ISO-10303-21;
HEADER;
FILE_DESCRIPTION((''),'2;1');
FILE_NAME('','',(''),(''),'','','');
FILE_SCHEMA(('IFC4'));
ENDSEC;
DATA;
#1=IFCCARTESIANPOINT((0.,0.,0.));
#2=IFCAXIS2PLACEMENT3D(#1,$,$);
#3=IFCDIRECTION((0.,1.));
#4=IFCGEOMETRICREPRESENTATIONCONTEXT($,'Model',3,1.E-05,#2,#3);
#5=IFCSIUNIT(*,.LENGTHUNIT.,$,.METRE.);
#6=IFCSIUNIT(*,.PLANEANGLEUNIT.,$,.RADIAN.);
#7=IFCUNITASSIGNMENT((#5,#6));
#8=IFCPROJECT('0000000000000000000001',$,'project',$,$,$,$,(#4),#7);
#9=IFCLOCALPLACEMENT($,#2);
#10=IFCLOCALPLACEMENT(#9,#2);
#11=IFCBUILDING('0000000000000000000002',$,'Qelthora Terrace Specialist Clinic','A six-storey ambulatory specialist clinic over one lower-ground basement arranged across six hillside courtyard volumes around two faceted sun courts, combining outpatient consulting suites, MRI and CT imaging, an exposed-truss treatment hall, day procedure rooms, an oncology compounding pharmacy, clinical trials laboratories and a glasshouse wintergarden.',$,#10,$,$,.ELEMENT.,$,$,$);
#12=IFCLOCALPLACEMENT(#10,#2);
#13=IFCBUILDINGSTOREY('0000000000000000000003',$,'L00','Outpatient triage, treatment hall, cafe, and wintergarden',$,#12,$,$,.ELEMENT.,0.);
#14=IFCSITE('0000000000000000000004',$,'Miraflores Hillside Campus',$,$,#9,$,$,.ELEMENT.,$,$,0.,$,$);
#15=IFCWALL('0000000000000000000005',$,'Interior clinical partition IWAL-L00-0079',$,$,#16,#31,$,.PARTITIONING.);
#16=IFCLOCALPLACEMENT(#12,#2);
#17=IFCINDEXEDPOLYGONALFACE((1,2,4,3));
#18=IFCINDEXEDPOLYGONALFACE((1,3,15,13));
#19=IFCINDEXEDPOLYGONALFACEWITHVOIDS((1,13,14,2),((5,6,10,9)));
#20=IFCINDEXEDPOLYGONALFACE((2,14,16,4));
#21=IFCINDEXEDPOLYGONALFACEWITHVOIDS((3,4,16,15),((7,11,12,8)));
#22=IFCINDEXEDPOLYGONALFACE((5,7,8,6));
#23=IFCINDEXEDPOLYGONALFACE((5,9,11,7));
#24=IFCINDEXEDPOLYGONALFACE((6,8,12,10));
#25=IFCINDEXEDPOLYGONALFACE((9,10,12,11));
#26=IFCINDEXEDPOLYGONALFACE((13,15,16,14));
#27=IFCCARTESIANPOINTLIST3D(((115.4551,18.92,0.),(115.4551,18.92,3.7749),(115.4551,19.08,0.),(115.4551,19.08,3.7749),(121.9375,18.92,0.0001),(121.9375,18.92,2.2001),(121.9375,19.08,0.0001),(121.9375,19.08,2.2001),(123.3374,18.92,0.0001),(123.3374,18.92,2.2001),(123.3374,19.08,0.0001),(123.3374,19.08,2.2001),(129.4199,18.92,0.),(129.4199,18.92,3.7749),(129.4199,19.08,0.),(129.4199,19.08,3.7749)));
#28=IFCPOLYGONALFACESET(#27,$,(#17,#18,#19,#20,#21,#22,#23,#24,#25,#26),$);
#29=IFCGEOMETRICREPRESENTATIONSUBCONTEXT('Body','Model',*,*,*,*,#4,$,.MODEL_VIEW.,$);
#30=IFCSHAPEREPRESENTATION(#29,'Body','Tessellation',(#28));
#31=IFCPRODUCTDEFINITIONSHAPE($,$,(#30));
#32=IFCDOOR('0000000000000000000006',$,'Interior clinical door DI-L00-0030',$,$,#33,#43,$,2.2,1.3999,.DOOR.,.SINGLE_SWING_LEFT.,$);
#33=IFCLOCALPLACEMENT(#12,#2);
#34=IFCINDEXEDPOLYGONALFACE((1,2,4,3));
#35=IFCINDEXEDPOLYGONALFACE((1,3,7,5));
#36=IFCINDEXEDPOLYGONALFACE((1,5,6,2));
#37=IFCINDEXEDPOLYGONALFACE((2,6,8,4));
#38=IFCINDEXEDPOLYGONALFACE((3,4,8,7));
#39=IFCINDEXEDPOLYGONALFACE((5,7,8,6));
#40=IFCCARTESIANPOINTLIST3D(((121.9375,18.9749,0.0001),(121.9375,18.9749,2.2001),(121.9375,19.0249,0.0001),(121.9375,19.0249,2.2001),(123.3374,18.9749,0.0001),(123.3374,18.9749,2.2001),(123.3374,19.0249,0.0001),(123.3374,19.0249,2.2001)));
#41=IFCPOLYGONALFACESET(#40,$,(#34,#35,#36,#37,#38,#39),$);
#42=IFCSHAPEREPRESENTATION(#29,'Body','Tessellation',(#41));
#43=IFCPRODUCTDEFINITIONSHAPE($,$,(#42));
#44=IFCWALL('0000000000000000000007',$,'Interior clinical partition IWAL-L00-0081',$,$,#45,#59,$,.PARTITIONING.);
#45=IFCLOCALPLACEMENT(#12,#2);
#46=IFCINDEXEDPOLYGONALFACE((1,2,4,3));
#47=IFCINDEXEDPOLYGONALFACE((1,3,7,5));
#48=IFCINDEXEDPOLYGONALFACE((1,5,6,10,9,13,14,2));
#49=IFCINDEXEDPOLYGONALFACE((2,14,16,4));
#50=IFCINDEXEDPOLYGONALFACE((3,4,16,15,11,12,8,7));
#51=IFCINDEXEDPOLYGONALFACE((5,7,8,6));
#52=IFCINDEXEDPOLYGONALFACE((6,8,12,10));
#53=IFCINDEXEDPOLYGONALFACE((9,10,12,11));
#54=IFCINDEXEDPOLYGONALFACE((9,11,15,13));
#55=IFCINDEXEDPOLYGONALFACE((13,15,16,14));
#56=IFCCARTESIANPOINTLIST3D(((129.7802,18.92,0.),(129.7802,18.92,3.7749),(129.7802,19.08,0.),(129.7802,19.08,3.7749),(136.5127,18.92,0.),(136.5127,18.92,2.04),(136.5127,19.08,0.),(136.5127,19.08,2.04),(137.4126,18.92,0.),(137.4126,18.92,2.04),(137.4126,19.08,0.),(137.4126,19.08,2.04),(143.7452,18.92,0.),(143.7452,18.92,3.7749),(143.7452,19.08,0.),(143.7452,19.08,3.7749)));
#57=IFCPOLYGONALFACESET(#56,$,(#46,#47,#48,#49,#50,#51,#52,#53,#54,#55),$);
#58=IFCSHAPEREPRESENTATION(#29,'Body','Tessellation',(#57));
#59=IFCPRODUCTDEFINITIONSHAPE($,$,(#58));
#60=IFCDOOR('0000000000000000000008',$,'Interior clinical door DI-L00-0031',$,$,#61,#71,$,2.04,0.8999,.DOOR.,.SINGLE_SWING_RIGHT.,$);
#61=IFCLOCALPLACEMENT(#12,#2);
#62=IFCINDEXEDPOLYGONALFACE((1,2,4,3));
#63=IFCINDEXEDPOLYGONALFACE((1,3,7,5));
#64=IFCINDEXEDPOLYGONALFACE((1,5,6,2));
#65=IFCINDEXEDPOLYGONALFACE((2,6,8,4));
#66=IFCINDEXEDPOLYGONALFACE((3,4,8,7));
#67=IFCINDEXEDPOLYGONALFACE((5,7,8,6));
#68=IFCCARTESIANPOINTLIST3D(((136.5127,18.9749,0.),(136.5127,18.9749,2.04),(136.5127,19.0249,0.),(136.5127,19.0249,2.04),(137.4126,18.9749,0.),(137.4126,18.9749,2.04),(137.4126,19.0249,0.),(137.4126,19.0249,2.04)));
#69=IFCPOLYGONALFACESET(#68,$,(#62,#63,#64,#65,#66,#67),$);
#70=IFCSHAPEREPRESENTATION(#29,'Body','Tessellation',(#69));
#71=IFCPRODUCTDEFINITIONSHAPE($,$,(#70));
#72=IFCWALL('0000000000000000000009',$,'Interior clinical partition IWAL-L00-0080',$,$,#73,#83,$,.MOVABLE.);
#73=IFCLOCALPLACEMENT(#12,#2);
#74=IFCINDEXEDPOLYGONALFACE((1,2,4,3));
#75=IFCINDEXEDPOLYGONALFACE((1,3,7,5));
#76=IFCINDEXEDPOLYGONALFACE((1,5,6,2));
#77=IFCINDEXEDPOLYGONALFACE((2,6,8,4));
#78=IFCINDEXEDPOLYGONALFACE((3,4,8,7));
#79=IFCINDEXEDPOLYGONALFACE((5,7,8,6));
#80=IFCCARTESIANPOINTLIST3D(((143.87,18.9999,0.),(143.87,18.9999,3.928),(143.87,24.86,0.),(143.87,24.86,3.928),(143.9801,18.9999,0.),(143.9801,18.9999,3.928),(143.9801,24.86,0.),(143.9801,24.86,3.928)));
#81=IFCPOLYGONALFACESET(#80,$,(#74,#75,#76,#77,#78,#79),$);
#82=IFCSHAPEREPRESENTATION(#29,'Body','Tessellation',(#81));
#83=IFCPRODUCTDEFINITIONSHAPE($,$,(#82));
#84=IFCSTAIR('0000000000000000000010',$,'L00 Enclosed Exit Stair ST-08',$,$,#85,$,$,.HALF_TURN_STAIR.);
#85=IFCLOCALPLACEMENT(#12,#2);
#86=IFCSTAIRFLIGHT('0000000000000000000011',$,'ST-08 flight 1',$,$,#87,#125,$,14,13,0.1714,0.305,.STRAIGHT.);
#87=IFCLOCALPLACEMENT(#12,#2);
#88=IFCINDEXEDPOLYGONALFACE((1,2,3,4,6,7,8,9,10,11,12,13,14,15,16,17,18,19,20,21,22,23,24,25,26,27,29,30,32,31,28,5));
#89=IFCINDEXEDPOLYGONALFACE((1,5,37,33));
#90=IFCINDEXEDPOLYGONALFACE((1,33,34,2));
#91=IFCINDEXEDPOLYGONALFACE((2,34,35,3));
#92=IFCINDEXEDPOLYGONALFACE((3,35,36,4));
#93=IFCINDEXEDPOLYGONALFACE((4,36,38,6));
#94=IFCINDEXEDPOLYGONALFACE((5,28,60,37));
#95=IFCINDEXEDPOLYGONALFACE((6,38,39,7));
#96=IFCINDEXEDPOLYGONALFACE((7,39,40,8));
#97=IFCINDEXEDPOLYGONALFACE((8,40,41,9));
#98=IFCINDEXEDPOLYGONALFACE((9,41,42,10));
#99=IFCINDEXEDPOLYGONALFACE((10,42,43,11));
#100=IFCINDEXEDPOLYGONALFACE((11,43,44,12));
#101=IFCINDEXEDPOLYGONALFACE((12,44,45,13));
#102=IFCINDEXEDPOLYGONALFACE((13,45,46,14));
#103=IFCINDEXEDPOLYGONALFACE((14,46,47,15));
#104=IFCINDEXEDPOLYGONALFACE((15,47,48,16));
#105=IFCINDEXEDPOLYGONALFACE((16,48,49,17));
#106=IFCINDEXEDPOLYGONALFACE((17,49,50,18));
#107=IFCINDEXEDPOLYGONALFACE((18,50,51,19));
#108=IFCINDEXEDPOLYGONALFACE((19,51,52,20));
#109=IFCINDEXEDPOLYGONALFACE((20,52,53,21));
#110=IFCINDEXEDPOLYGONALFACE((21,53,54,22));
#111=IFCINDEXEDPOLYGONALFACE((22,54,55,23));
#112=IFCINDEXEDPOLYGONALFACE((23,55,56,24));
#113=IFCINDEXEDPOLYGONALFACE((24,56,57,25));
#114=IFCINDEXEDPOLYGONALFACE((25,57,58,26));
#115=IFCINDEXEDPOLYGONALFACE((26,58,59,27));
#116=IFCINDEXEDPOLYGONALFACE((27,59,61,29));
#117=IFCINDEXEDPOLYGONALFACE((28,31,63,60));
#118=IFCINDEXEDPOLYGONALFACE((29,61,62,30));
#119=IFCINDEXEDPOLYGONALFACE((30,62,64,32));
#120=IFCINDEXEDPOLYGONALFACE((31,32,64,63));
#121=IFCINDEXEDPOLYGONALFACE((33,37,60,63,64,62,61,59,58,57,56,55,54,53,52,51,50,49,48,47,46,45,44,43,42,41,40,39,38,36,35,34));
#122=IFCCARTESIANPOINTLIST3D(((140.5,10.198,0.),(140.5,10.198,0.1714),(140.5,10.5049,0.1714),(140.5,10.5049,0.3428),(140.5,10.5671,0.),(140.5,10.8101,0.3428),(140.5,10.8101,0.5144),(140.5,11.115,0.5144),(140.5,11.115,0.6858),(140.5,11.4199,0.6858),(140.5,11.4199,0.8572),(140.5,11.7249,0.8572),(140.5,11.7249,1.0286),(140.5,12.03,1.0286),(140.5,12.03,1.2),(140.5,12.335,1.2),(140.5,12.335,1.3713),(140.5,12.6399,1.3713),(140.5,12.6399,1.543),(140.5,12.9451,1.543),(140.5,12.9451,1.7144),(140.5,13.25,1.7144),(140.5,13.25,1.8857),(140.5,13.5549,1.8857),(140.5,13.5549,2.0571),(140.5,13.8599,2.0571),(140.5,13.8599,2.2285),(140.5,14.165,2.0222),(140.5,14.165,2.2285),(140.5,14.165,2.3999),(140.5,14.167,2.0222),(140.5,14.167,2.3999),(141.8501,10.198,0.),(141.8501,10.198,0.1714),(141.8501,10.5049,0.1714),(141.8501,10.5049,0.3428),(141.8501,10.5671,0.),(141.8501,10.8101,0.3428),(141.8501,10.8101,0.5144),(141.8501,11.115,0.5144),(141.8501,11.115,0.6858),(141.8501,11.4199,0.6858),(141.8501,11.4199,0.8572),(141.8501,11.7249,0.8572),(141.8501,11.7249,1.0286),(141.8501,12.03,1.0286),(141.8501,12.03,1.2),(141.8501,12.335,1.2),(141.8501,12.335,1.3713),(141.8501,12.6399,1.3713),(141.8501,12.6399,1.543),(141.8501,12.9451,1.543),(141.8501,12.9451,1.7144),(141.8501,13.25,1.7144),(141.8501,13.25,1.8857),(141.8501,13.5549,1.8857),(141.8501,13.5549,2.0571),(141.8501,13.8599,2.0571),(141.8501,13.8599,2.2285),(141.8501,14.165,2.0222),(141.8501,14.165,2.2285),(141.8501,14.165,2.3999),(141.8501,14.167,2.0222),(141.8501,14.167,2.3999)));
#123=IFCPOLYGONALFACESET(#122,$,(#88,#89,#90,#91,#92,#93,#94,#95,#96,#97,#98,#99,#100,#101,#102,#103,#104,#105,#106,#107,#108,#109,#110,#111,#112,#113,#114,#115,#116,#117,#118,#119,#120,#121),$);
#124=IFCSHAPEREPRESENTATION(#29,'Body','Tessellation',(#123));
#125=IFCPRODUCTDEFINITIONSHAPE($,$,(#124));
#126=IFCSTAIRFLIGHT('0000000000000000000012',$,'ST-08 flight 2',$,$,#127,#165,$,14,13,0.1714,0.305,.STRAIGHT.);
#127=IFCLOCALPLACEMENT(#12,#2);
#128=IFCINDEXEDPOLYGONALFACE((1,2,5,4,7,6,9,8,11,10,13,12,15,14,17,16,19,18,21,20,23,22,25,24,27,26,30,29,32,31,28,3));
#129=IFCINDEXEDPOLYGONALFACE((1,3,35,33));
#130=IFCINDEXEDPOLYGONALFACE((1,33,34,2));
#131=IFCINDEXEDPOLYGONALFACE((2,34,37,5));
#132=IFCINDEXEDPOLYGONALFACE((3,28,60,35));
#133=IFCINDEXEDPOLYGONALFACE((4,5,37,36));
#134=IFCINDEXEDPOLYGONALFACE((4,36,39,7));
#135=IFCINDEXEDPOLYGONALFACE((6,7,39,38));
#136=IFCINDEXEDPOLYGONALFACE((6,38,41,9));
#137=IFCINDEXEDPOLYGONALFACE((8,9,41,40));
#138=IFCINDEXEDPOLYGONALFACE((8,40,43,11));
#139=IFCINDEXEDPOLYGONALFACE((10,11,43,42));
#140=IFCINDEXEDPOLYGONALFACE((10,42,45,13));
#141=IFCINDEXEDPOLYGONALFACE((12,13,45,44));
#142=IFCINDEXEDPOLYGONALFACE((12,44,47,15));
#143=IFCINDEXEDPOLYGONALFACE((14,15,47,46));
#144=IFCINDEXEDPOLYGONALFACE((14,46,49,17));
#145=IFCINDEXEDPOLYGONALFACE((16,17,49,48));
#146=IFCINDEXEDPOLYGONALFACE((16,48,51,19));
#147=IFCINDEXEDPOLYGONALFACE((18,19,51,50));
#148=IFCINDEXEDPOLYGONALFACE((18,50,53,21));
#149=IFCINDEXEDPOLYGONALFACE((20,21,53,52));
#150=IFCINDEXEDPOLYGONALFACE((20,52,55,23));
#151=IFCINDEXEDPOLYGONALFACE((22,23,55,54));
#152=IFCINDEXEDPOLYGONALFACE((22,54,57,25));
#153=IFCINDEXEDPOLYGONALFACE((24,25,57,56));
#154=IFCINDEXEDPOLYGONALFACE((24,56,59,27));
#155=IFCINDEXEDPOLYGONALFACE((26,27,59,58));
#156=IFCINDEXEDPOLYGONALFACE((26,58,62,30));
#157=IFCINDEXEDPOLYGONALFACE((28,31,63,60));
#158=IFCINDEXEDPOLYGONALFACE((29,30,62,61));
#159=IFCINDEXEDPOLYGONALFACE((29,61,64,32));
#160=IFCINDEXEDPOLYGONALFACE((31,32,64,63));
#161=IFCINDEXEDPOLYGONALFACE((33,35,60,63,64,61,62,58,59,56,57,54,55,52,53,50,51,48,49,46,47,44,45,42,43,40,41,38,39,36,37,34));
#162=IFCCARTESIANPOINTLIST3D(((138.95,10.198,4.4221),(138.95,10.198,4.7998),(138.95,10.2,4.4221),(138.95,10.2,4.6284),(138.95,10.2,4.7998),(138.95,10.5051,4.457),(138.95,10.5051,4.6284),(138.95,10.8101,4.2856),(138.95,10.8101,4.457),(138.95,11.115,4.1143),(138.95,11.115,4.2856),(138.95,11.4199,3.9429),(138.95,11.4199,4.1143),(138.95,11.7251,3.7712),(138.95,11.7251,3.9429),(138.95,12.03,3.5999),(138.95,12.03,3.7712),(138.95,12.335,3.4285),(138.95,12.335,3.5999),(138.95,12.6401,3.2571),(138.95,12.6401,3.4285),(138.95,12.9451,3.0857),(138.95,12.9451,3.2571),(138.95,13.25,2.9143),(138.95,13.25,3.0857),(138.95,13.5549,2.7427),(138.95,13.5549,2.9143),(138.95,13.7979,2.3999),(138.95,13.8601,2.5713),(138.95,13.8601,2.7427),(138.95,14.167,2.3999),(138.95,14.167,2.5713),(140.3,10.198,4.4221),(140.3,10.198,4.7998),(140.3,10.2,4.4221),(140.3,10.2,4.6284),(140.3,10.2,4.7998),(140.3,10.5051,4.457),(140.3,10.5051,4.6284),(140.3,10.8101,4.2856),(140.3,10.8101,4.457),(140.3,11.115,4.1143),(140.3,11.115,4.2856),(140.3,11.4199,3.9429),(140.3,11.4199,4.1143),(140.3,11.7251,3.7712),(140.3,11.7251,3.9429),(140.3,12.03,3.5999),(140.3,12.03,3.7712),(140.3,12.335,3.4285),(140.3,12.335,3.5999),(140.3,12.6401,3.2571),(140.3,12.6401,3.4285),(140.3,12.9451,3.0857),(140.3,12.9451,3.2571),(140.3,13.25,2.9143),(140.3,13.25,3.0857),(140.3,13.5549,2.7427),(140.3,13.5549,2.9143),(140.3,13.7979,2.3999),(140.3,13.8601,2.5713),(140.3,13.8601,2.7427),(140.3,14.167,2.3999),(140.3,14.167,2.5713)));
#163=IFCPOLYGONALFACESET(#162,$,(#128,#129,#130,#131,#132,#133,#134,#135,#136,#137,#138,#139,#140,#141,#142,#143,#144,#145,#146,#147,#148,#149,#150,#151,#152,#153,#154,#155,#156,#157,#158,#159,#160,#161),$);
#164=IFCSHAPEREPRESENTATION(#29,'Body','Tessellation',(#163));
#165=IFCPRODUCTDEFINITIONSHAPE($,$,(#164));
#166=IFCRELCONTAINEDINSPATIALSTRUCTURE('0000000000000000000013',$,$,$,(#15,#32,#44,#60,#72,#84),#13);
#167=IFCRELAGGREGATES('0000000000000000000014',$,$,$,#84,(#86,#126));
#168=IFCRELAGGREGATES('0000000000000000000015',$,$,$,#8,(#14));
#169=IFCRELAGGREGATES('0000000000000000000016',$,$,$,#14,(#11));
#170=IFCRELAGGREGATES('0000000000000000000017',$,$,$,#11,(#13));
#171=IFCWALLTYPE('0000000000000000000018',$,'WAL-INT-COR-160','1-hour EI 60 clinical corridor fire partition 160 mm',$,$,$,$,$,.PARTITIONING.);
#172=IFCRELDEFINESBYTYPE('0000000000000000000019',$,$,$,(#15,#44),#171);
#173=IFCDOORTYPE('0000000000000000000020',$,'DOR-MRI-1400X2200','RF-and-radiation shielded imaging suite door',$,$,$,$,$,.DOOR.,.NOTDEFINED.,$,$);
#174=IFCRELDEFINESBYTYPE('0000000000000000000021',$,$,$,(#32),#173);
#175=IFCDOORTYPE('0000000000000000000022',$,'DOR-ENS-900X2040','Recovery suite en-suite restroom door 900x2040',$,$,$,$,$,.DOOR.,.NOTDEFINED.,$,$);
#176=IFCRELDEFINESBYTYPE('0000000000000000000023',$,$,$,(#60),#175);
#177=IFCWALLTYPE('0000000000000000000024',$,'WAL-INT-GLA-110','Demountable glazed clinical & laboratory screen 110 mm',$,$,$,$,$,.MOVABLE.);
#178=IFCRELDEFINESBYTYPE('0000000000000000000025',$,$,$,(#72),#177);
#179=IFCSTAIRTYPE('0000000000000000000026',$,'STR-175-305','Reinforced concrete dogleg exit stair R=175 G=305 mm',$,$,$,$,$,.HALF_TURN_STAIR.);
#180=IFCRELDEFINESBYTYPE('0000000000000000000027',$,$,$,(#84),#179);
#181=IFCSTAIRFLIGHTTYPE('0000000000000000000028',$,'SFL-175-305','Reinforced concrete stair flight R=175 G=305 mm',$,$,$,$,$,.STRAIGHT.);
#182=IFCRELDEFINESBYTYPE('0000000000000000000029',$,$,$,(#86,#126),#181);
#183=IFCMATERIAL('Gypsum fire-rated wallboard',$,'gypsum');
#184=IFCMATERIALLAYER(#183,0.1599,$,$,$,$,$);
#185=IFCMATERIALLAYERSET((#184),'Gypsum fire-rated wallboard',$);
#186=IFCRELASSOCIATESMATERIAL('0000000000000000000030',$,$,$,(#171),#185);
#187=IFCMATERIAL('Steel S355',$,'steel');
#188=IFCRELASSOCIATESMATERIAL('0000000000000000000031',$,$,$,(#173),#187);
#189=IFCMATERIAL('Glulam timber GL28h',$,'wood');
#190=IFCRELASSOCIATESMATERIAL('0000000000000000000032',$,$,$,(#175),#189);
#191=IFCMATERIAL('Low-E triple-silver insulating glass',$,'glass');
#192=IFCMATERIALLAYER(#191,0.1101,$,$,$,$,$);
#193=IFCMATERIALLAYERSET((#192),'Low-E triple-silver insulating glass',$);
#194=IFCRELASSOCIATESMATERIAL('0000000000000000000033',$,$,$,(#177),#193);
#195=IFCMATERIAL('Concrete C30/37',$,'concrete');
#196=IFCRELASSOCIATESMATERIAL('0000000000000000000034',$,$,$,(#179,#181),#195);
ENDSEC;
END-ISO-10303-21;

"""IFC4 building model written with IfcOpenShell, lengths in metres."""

from ifc_helpers import new_model, si_unit, direction, frame, frame_2d, origin, place, context, subcontext, project, spatial, polyline, rectangle, outline, extrude, material, layer, layer_set, type_object, element, fill, aggregate, save


model = new_model("IFC4")

# Units and contexts
model_context = context("Model", 3, precision=1e-05, world=origin(), true_north=direction((0.0, 1.0)))
body_context = subcontext(model_context, "Body", "Model", "MODEL_VIEW")
ifc_project = project(units=[si_unit("LENGTHUNIT", "METRE"), si_unit("PLANEANGLEUNIT", "RADIAN")], contexts=[model_context])

# Site, building, storey
site_placement = place(None, origin())
site = spatial("IfcSite", under=ifc_project, at=site_placement, Name="Miraflores Hillside Campus", CompositionType="ELEMENT", RefElevation=0.0)
building_placement = place(site_placement, origin())
building = spatial("IfcBuilding", under=site, at=building_placement, Name="Qelthora Terrace Specialist Clinic", Description="A six-storey ambulatory specialist clinic over one lower-ground basement arranged across six hillside courtyard volumes around two faceted sun courts, combining outpatient consulting suites, MRI and CT imaging, an exposed-truss treatment hall, day procedure rooms, an oncology compounding pharmacy, clinical trials laboratories and a glasshouse wintergarden.", CompositionType="ELEMENT")
storey_placement = place(building_placement, origin())
storey = spatial("IfcBuildingStorey", under=building, at=storey_placement, Name="L00", Description="Outpatient triage, treatment hall, cafe, and wintergarden", CompositionType="ELEMENT", Elevation=0.0)

# Shared definitions
ifc_material_1 = material(Name="Steel S355", Category="steel")

# Shared definitions
ifc_material_2 = material(Name="Low-E triple-silver insulating glass", Category="glass")

# Walls, openings, doors
ifc_material_3 = material(Name="Gypsum fire-rated wallboard", Category="gypsum")
ifc_layer_1 = layer(ifc_material_3, 0.1599)
ifc_layer_set_1 = layer_set([ifc_layer_1], Name="Gypsum fire-rated wallboard")
wall_type_1 = type_object("IfcWallType", Name="WAL-INT-COR-160", Description="1-hour EI 60 clinical corridor fire partition 160 mm", PredefinedType="PARTITIONING", material=ifc_layer_set_1)
wall_1_placement = place(storey_placement, frame((129.4199, 19.0, 0.0), z_axis=(0.0, 0.0, 1.0), x_axis=(-1.0, 0.0, 0.0)))
wall_1 = element("IfcWall", 1, at=wall_1_placement, inside=storey, type_object=wall_type_1, Name="Interior clinical partition IWAL-L00-0079", PredefinedType="PARTITIONING", context=body_context, shape_type="SweptSolid", body=[
    extrude(rectangle(XDim=13.9648, YDim=0.1599, at=frame_2d((6.9824, 0.0))), origin(), (0.0, 0.0, 1.0), 3.7749),
])
opening_1_placement = place(wall_1_placement, frame((6.0825, 0.0, 0.0)))
opening_1 = element("IfcOpeningElement", 2, at=opening_1_placement, cuts=wall_1, PredefinedType="OPENING", context=body_context, shape_type="SweptSolid", body=[
    extrude(rectangle(XDim=1.3999, YDim=2.2, at=frame_2d((0.7, 1.1001))), frame((0.0, 0.0898, 0.0), z_axis=(0.0, -1.0, 0.0), x_axis=(1.0, 0.0, 0.0)), (0.0, 0.0, 1.0), 0.1799),
])
door_type_1 = type_object("IfcDoorType", Name="DOR-MRI-1400X2200", Description="RF-and-radiation shielded imaging suite door", OperationType="NOTDEFINED", PredefinedType="DOOR", material=ifc_material_1)
door_1_placement = place(opening_1_placement, frame((1.3999, 0.0, 0.0), z_axis=(0.0, 0.0, 1.0), x_axis=(-1.0, 0.0, 0.0)))
door_1 = element("IfcDoor", 3, at=door_1_placement, inside=storey, type_object=door_type_1, Name="Interior clinical door DI-L00-0030", OperationType="SINGLE_SWING_LEFT", OverallHeight=2.2, OverallWidth=1.3999, PredefinedType="DOOR", context=body_context, shape_type="SweptSolid", body=[
    extrude(rectangle(XDim=1.3999, YDim=2.2, at=frame_2d((0.7, 1.1001))), frame((0.0, 0.0249, 0.0), z_axis=(0.0, -1.0, 0.0), x_axis=(1.0, 0.0, 0.0)), (0.0, 0.0, 1.0), 0.05),
])
fill(opening_1, door_1)
wall_2_placement = place(storey_placement, frame((143.7451, 19.0, 0.0), z_axis=(0.0, 0.0, 1.0), x_axis=(-1.0, 0.0, 0.0)))
wall_2 = element("IfcWall", 4, at=wall_2_placement, inside=storey, type_object=wall_type_1, Name="Interior clinical partition IWAL-L00-0081", PredefinedType="PARTITIONING", context=body_context, shape_type="SweptSolid", body=[
    extrude(rectangle(XDim=13.9651, YDim=0.1599, at=frame_2d((6.9824, 0.0))), origin(), (0.0, 0.0, 1.0), 3.7749),
])
opening_2_placement = place(wall_2_placement, frame((6.3325, 0.0, 0.0)))
opening_2 = element("IfcOpeningElement", 5, at=opening_2_placement, cuts=wall_2, PredefinedType="OPENING", context=body_context, shape_type="SweptSolid", body=[
    extrude(rectangle(XDim=0.8999, YDim=2.04, at=frame_2d((0.45, 1.02))), frame((0.0, 0.0898, 0.0), z_axis=(0.0, -1.0, 0.0), x_axis=(1.0, 0.0, 0.0)), (0.0, 0.0, 1.0), 0.1799),
])
ifc_material_4 = material(Name="Glulam timber GL28h", Category="wood")
door_type_2 = type_object("IfcDoorType", Name="DOR-ENS-900X2040", Description="Recovery suite en-suite restroom door 900x2040", OperationType="NOTDEFINED", PredefinedType="DOOR", material=ifc_material_4)
door_2_placement = place(opening_2_placement, frame((0.8999, 0.0, 0.0), z_axis=(0.0, 0.0, 1.0), x_axis=(-1.0, 0.0, 0.0)))
door_2 = element("IfcDoor", 6, at=door_2_placement, inside=storey, type_object=door_type_2, Name="Interior clinical door DI-L00-0031", OperationType="SINGLE_SWING_RIGHT", OverallHeight=2.04, OverallWidth=0.8999, PredefinedType="DOOR", context=body_context, shape_type="SweptSolid", body=[
    extrude(rectangle(XDim=0.8999, YDim=2.04, at=frame_2d((0.45, 1.02))), frame((0.0, 0.0249, 0.0), z_axis=(0.0, -1.0, 0.0), x_axis=(1.0, 0.0, 0.0)), (0.0, 0.0, 1.0), 0.05),
])
fill(opening_2, door_2)

# Wall
ifc_layer_2 = layer(ifc_material_2, 0.1101)
ifc_layer_set_2 = layer_set([ifc_layer_2], Name="Low-E triple-silver insulating glass")
wall_type_2 = type_object("IfcWallType", Name="WAL-INT-GLA-110", Description="Demountable glazed clinical & laboratory screen 110 mm", PredefinedType="MOVABLE", material=ifc_layer_set_2)
wall_3_placement = place(storey_placement, frame((143.925, 24.8601, 0.0), z_axis=(0.0, 0.0, 1.0), x_axis=(0.0, -1.0, 0.0)))
element("IfcWall", 7, at=wall_3_placement, inside=storey, type_object=wall_type_2, Name="Interior clinical partition IWAL-L00-0080", PredefinedType="MOVABLE", context=body_context, shape_type="SweptSolid", body=[
    extrude(rectangle(XDim=5.8601, YDim=0.1101, at=frame_2d((2.9302, 0.0))), origin(), (0.0, 0.0, 1.0), 3.928),
])

# Stair, stair flights
ifc_material_5 = material(Name="Concrete C30/37", Category="concrete")
stair_type = type_object("IfcStairType", Name="STR-175-305", Description="Reinforced concrete dogleg exit stair R=175 G=305 mm", PredefinedType="HALF_TURN_STAIR", material=ifc_material_5)
stair_placement = place(storey_placement, origin())
stair = element("IfcStair", 8, at=stair_placement, inside=storey, type_object=stair_type, Name="L00 Enclosed Exit Stair ST-08", PredefinedType="HALF_TURN_STAIR")
stair_flight_type = type_object("IfcStairFlightType", Name="SFL-175-305", Description="Reinforced concrete stair flight R=175 G=305 mm", PredefinedType="STRAIGHT", material=ifc_material_5)
stair_flight_1_placement = place(storey_placement, frame((141.175, 10.2, 0.0), z_axis=(0.0, 0.0, 1.0), x_axis=(0.0, 1.0, 0.0)))
stair_flight_1 = element("IfcStairFlight", 9, at=stair_flight_1_placement, type_object=stair_flight_type, Name="ST-08 flight 1", NumberOfRisers=14, NumberOfTreads=13, PredefinedType="STRAIGHT", RiserHeight=0.1714, TreadLength=0.305, context=body_context, shape_type="SweptSolid", body=[
    extrude(outline(polyline([(-0.002, 0.0), (-0.002, 0.1714), (0.3049, 0.1714), (0.3049, 0.3428), (0.6101, 0.3428), (0.6101, 0.5144), (0.915, 0.5144), (0.915, 0.6858), (1.22, 0.6858), (1.22, 0.8572), (1.5249, 0.8572), (1.5249, 1.0286), (1.8301, 1.0286), (1.8301, 1.2), (2.135, 1.2), (2.135, 1.3713), (2.4399, 1.3713), (2.4399, 1.543), (2.7451, 1.543), (2.7451, 1.7144), (3.05, 1.7144), (3.05, 1.8857), (3.355, 1.8857), (3.355, 2.0571), (3.6599, 2.0571), (3.6599, 2.2285), (3.9651, 2.2285), (3.9651, 2.3999), (3.967, 2.3999), (3.967, 2.0222), (3.9651, 2.0222), (0.3672, 0.0), (-0.002, 0.0)])), frame((0.0, 0.675, 0.0), z_axis=(0.0, -1.0, 0.0), x_axis=(1.0, 0.0, 0.0)), (0.0, 0.0, 1.0), 1.3501),
])
stair_flight_2_placement = place(storey_placement, frame((139.625, 14.165, 2.3999), z_axis=(0.0, 0.0, 1.0), x_axis=(0.0, -1.0, 0.0)))
stair_flight_2 = element("IfcStairFlight", 10, at=stair_flight_2_placement, type_object=stair_flight_type, Name="ST-08 flight 2", NumberOfRisers=14, NumberOfTreads=13, PredefinedType="STRAIGHT", RiserHeight=0.1714, TreadLength=0.305, context=body_context, shape_type="SweptSolid", body=[
    extrude(outline(polyline([(-0.002, 0.0), (-0.002, 0.1714), (0.3049, 0.1714), (0.3049, 0.3428), (0.6101, 0.3428), (0.6101, 0.5144), (0.915, 0.5144), (0.915, 0.6858), (1.22, 0.6858), (1.22, 0.8572), (1.5249, 0.8572), (1.5249, 1.0286), (1.8301, 1.0286), (1.8301, 1.2), (2.135, 1.2), (2.135, 1.3713), (2.4399, 1.3713), (2.4399, 1.543), (2.7451, 1.543), (2.7451, 1.7144), (3.05, 1.7144), (3.05, 1.8857), (3.355, 1.8857), (3.355, 2.0571), (3.6599, 2.0571), (3.6599, 2.2285), (3.9651, 2.2285), (3.9651, 2.3999), (3.967, 2.3999), (3.967, 2.0222), (3.9651, 2.0222), (0.3672, 0.0), (-0.002, 0.0)])), frame((0.0, 0.675, 0.0), z_axis=(0.0, -1.0, 0.0), x_axis=(1.0, 0.0, 0.0)), (0.0, 0.0, 1.0), 1.3501),
])
aggregate(stair, [stair_flight_1, stair_flight_2])

save(model, "model.ifc")
